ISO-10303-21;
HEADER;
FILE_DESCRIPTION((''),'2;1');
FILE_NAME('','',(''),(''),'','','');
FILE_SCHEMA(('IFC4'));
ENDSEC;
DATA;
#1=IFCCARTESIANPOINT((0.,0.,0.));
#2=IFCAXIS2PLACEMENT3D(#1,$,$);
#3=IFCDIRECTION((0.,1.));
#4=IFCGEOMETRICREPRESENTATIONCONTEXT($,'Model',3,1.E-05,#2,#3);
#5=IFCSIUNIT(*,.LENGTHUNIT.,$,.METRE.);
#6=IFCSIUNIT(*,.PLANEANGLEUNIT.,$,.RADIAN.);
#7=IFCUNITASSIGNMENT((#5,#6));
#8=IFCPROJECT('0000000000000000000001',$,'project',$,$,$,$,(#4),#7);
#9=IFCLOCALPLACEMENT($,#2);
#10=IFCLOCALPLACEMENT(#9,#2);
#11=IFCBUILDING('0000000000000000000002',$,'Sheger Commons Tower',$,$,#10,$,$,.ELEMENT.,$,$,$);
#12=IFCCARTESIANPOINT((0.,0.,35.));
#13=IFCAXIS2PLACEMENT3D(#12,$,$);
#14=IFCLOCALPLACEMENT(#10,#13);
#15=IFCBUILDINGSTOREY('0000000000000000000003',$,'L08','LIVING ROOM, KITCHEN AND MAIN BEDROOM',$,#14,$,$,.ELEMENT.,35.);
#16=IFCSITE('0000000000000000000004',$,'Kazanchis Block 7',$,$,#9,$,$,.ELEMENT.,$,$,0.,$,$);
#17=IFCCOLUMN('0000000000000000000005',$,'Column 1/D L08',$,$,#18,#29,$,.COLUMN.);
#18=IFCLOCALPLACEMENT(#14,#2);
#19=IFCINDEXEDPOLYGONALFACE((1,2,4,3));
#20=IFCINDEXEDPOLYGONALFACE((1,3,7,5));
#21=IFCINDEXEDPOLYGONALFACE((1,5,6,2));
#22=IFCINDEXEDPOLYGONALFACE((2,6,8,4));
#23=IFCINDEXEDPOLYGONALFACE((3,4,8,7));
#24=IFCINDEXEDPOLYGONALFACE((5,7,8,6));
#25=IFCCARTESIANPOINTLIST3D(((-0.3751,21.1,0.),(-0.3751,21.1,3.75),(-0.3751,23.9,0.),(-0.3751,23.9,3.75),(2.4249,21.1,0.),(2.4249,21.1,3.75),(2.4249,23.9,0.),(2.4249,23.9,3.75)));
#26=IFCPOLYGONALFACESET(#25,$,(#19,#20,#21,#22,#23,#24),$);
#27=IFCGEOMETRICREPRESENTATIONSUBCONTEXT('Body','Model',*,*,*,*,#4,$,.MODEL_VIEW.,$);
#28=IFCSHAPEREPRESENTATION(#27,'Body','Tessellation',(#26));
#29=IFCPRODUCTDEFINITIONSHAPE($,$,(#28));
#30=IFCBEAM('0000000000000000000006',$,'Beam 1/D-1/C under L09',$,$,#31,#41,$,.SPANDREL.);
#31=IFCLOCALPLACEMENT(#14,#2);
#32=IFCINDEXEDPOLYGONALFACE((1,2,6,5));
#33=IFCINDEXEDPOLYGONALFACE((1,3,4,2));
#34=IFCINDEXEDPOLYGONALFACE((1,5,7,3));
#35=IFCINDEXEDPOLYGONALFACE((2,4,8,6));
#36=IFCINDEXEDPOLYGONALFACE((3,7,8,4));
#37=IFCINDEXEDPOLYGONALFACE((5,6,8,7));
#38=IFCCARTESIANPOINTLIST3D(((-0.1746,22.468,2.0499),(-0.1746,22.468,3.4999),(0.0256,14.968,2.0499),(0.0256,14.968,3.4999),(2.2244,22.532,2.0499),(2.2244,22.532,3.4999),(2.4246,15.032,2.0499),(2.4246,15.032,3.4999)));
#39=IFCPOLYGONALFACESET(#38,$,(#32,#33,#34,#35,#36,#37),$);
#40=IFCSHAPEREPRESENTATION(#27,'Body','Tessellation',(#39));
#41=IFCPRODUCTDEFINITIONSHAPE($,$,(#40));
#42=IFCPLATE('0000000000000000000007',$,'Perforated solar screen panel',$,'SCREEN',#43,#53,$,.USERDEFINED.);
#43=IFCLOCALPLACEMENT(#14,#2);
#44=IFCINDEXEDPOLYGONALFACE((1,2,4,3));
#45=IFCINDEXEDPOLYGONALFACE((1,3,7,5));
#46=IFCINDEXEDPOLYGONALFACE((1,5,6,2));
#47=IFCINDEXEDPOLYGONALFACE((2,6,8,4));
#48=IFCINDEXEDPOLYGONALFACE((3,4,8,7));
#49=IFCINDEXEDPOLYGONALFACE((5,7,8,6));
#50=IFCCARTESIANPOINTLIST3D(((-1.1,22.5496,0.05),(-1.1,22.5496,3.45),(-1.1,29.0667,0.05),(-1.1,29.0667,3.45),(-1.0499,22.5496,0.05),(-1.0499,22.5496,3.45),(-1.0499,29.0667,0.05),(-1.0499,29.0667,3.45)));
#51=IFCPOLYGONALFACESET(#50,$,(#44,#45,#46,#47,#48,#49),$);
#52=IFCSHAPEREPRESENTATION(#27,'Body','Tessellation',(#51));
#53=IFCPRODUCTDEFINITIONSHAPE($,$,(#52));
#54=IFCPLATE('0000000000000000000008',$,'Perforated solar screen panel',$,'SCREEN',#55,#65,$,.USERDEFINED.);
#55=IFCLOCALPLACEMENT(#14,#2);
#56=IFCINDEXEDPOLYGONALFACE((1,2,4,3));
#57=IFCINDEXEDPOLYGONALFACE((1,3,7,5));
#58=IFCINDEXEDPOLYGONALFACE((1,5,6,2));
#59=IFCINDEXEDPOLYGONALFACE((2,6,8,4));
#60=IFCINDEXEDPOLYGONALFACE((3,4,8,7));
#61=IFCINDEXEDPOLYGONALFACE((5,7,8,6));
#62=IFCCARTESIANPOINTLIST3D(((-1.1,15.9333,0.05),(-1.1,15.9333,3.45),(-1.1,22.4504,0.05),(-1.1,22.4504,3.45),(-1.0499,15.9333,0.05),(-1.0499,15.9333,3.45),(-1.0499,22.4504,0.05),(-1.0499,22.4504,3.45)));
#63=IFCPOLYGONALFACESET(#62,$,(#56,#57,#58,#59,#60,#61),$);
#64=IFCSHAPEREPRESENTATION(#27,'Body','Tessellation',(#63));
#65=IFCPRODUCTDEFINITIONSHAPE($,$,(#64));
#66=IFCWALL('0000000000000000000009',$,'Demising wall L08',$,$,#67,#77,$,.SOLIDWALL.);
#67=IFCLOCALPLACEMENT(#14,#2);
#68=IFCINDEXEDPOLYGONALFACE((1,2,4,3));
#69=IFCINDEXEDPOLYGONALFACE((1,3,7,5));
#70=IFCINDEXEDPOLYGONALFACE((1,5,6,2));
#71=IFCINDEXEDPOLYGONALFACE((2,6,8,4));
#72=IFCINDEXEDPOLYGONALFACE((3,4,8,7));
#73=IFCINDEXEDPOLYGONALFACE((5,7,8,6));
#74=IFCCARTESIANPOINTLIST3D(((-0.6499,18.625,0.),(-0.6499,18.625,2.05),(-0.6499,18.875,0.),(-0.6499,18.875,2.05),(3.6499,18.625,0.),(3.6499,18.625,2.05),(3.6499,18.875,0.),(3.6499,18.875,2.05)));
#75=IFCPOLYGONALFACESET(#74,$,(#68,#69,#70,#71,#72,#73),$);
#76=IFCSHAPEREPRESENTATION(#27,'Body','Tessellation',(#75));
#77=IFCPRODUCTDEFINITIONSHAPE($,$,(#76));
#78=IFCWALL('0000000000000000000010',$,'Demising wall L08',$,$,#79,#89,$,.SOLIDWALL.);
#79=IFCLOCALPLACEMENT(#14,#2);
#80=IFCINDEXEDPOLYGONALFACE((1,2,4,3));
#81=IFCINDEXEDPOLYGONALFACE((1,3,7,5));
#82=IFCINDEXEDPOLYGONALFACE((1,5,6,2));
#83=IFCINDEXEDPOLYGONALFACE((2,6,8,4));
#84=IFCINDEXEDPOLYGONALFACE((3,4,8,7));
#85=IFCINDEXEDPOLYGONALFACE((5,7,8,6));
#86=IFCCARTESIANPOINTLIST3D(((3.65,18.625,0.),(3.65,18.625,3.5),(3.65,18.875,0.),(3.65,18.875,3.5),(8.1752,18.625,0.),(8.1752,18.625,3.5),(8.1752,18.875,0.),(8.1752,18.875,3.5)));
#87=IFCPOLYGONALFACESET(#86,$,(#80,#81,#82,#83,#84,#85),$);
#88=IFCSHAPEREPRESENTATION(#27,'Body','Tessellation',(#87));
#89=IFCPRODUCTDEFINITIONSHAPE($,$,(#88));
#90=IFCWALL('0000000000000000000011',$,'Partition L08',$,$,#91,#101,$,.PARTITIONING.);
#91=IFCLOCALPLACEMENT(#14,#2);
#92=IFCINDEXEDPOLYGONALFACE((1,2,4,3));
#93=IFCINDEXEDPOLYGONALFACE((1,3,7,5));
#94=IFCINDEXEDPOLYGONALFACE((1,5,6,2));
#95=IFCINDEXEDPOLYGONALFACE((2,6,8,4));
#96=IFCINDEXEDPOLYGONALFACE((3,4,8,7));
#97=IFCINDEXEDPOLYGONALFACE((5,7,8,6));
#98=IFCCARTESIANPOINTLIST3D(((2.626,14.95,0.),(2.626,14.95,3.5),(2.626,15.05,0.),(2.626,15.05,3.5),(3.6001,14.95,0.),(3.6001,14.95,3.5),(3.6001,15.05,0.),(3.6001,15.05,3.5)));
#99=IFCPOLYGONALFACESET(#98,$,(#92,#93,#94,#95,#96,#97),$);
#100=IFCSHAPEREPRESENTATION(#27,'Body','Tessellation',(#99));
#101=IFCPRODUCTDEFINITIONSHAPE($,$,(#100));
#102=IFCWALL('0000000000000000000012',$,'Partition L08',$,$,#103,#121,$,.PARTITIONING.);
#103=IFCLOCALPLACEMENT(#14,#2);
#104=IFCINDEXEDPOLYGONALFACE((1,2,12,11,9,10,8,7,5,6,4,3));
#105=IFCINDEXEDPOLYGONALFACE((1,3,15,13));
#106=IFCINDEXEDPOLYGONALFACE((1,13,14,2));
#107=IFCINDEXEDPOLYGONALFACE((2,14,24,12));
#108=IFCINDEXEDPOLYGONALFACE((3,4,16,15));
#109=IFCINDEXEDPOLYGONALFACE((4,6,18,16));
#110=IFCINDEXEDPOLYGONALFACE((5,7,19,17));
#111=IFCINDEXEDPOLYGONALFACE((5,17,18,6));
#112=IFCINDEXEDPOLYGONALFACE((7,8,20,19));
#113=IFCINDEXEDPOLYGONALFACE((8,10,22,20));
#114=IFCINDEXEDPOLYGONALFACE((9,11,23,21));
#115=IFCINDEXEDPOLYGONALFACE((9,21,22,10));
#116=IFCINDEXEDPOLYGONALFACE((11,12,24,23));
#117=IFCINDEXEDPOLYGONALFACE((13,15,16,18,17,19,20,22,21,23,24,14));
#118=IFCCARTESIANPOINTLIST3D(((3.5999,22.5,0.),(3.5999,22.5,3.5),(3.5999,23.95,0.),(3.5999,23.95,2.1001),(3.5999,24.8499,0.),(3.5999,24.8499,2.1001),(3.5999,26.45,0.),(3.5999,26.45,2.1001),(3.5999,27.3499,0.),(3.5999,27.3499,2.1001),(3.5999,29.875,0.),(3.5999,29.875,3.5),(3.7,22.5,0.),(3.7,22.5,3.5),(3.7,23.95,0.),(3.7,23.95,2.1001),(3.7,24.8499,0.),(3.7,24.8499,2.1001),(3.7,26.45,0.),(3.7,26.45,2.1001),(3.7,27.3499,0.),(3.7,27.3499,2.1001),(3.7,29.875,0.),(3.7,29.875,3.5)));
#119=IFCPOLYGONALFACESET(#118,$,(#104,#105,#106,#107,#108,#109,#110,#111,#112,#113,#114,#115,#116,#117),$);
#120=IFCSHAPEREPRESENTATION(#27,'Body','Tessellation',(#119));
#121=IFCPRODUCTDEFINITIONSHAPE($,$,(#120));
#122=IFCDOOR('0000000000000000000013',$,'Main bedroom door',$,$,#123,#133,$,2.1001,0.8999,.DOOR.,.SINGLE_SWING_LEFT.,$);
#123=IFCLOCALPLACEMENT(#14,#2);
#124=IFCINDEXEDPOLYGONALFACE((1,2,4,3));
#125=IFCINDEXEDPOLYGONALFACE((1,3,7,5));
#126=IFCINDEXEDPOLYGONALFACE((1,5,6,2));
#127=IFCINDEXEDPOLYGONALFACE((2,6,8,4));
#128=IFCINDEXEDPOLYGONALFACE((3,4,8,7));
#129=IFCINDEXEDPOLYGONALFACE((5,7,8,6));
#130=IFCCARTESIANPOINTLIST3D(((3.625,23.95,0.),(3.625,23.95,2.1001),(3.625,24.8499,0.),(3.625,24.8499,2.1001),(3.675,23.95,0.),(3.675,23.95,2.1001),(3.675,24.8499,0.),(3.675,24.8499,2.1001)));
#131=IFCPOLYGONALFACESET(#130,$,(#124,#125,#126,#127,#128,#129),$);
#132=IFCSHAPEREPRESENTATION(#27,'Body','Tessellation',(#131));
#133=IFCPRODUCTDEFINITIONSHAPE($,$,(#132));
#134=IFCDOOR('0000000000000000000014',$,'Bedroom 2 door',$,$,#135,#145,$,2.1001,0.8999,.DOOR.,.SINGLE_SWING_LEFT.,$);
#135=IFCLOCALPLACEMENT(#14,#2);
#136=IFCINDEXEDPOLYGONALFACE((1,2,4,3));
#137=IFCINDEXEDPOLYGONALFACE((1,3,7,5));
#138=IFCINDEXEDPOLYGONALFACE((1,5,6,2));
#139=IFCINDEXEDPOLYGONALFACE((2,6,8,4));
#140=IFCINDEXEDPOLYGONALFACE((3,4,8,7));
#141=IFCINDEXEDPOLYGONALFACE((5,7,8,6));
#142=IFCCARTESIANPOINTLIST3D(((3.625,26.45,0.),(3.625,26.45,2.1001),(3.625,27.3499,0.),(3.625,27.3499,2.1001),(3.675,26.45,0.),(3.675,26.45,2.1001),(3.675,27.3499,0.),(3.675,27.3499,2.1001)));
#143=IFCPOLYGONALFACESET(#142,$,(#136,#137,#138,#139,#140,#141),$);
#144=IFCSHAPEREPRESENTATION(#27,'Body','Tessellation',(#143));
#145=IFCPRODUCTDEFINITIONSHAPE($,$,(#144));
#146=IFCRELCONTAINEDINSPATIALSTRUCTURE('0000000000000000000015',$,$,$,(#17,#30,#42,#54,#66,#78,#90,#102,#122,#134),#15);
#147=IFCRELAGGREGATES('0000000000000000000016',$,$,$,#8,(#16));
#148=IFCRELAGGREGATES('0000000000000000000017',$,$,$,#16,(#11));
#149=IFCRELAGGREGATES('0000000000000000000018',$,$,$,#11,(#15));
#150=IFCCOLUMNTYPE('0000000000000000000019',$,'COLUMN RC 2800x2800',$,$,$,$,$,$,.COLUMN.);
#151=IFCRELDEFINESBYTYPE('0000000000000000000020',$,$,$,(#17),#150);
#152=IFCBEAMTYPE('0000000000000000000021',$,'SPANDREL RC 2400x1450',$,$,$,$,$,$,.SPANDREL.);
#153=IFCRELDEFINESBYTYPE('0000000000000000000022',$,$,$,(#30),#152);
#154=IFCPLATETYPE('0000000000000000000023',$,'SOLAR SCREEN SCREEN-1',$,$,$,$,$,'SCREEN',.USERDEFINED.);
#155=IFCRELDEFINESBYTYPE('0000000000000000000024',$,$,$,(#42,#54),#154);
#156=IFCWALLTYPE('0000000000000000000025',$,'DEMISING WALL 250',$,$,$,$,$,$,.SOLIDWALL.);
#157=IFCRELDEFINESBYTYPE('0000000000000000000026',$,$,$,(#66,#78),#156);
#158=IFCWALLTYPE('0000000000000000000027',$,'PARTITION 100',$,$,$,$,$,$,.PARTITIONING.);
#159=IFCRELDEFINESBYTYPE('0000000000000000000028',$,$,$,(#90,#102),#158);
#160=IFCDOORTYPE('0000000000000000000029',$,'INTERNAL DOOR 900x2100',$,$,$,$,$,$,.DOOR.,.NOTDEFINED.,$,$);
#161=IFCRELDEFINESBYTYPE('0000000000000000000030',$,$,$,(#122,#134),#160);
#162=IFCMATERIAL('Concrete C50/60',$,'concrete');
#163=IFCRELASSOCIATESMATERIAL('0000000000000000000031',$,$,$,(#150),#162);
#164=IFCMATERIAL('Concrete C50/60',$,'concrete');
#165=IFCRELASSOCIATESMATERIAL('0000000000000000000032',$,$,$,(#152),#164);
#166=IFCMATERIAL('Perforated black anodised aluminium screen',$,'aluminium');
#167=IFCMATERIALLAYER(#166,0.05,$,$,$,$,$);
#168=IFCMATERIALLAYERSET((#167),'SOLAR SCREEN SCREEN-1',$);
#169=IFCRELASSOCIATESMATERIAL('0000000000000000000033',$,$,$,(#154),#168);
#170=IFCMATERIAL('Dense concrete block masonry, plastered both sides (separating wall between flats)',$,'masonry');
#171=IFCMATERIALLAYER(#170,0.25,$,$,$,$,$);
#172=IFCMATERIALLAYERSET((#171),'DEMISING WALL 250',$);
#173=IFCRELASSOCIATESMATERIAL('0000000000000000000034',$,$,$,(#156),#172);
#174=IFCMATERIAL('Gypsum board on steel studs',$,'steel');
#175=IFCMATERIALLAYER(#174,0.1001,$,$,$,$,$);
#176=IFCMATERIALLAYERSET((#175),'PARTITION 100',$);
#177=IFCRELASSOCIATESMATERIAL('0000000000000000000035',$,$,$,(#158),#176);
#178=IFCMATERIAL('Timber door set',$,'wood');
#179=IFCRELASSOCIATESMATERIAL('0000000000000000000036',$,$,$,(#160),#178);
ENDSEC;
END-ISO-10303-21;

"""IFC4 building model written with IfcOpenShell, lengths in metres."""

from ifc_helpers import new_model, si_unit, direction, frame, frame_2d, origin, origin_2d, place, context, subcontext, project, spatial, rectangle, extrude, material, layer, layer_set, material_profile, profile_set, type_object, element, fill, save


model = new_model("IFC4")

# Units and contexts
model_context = context("Model", 3, precision=1e-05, world=origin(), true_north=direction((0.0, 1.0)))
body_context = subcontext(model_context, "Body", "Model", "MODEL_VIEW")
ifc_project = project(units=[si_unit("LENGTHUNIT", "METRE"), si_unit("PLANEANGLEUNIT", "RADIAN")], contexts=[model_context])

# Site, building, storey
site_placement = place(None, origin())
site = spatial("IfcSite", under=ifc_project, at=site_placement, Name="Kazanchis Block 7", CompositionType="ELEMENT", RefElevation=0.0)
building_placement = place(site_placement, origin())
building = spatial("IfcBuilding", under=site, at=building_placement, Name="Sheger Commons Tower", CompositionType="ELEMENT")
storey_placement = place(building_placement, frame((0.0, 0.0, 35.0)))
storey = spatial("IfcBuildingStorey", under=building, at=storey_placement, Name="L08", Description="LIVING ROOM, KITCHEN AND MAIN BEDROOM", CompositionType="ELEMENT", Elevation=35.0)

# Column
ifc_material_1 = material(Name="Concrete C50/60", Category="concrete")
ifc_material_profile_1 = material_profile(ifc_material_1, rectangle(XDim=2.8, YDim=2.8, at=origin_2d()), Name="RC 2800x2800")
ifc_profile_set_1 = profile_set([ifc_material_profile_1], Name="Concrete C50/60")
column_type = type_object("IfcColumnType", Name="COLUMN RC 2800x2800", PredefinedType="COLUMN", material=ifc_profile_set_1)
column_placement = place(storey_placement, frame((1.0249, 22.5, 0.0), z_axis=(0.0, 0.0, 1.0), x_axis=(1.0, 0.0, 0.0)))
element("IfcColumn", 1, at=column_placement, inside=storey, type_object=column_type, Name="Column 1/D L08", PredefinedType="COLUMN", context=body_context, shape_type="SweptSolid", body=[
    extrude(rectangle(XDim=2.8, YDim=2.8, at=origin_2d()), origin(), (0.0, 0.0, 1.0), 3.75),
])

# Beam
ifc_material_2 = material(Name="Concrete C50/60", Category="concrete")
ifc_material_profile_2 = material_profile(ifc_material_2, rectangle(XDim=2.3999, YDim=1.45, at=origin_2d()), Name="RC 2400x1450")
ifc_profile_set_2 = profile_set([ifc_material_profile_2], Name="Concrete C50/60")
beam_type = type_object("IfcBeamType", Name="SPANDREL RC 2400x1450", PredefinedType="SPANDREL", material=ifc_profile_set_2)
beam_placement = place(storey_placement, frame((1.0249, 22.5, 2.7749), z_axis=(0.026683, -0.999644, 0.0), x_axis=(0.999644, 0.026683, 0.0)))
element("IfcBeam", 2, at=beam_placement, inside=storey, type_object=beam_type, Name="Beam 1/D-1/C under L09", PredefinedType="SPANDREL", context=body_context, shape_type="SweptSolid", body=[
    extrude(rectangle(XDim=2.3999, YDim=1.45, at=origin_2d()), origin(), (0.0, 0.0, 1.0), 7.5027),
])

# Plates
ifc_material_3 = material(Name="Perforated black anodised aluminium screen", Category="aluminium")
ifc_layer_1 = layer(ifc_material_3, 0.05)
ifc_layer_set_1 = layer_set([ifc_layer_1], Name="SOLAR SCREEN SCREEN-1")
plate_type = type_object("IfcPlateType", Name="SOLAR SCREEN SCREEN-1", ElementType="SCREEN", PredefinedType="USERDEFINED", material=ifc_layer_set_1)
for number, where, z_axis, x_axis, name in (
    (3, (-1.075, 25.8081, 0.05), (0.0, 0.0, 1.0), (0.0, -1.0, 0.0), "Perforated solar screen panel"),
    (4, (-1.075, 19.1919, 0.05), (0.0, 0.0, 1.0), (0.0, -1.0, 0.0), "Perforated solar screen panel"),
):
    element("IfcPlate", number, at=place(storey_placement, frame(where, z_axis=z_axis, x_axis=x_axis)), inside=storey, type_object=plate_type, Name=name, ObjectType="SCREEN", PredefinedType="USERDEFINED", context=body_context, shape_type="SweptSolid", body=[
        extrude(rectangle(XDim=6.5171, YDim=0.05, at=origin_2d()), origin(), (0.0, 0.0, 1.0), 3.3999),
    ])

# Walls
ifc_material_4 = material(Name="Dense concrete block masonry, plastered both sides (separating wall between flats)", Category="masonry")
ifc_layer_2 = layer(ifc_material_4, 0.25)
ifc_layer_set_2 = layer_set([ifc_layer_2], Name="DEMISING WALL 250")
wall_type_1 = type_object("IfcWallType", Name="DEMISING WALL 250", PredefinedType="SOLIDWALL", material=ifc_layer_set_2)
wall_1_placement = place(storey_placement, frame((-0.6499, 18.75, 0.0), z_axis=(0.0, 0.0, 1.0), x_axis=(1.0, 0.0, 0.0)))
element("IfcWall", 5, at=wall_1_placement, inside=storey, type_object=wall_type_1, Name="Demising wall L08", PredefinedType="SOLIDWALL", context=body_context, shape_type="SweptSolid", body=[
    extrude(rectangle(XDim=4.2998, YDim=0.25, at=frame_2d((2.1499, 0.0))), origin(), (0.0, 0.0, 1.0), 2.05),
])
wall_2_placement = place(storey_placement, frame((3.6499, 18.75, 0.0), z_axis=(0.0, 0.0, 1.0), x_axis=(1.0, 0.0, 0.0)))
element("IfcWall", 6, at=wall_2_placement, inside=storey, type_object=wall_type_1, Name="Demising wall L08", PredefinedType="SOLIDWALL", context=body_context, shape_type="SweptSolid", body=[
    extrude(rectangle(XDim=4.5251, YDim=0.25, at=frame_2d((2.2627, 0.0))), origin(), (0.0, 0.0, 1.0), 3.5),
])
ifc_material_5 = material(Name="Gypsum board on steel studs", Category="steel")
ifc_layer_3 = layer(ifc_material_5, 0.1001)
ifc_layer_set_3 = layer_set([ifc_layer_3], Name="PARTITION 100")
wall_type_2 = type_object("IfcWallType", Name="PARTITION 100", PredefinedType="PARTITIONING", material=ifc_layer_set_3)
wall_3_placement = place(storey_placement, frame((2.626, 15.0, 0.0), z_axis=(0.0, 0.0, 1.0), x_axis=(1.0, 0.0, 0.0)))
element("IfcWall", 7, at=wall_3_placement, inside=storey, type_object=wall_type_2, Name="Partition L08", PredefinedType="PARTITIONING", context=body_context, shape_type="SweptSolid", body=[
    extrude(rectangle(XDim=0.9741, YDim=0.1001, at=frame_2d((0.4871, 0.0))), origin(), (0.0, 0.0, 1.0), 3.5),
])

# Wall, openings, doors
wall_4_placement = place(storey_placement, frame((3.6499, 22.5, 0.0), z_axis=(0.0, 0.0, 1.0), x_axis=(0.0, 1.0, 0.0)))
wall_4 = element("IfcWall", 8, at=wall_4_placement, inside=storey, type_object=wall_type_2, Name="Partition L08", PredefinedType="PARTITIONING", context=body_context, shape_type="SweptSolid", body=[
    extrude(rectangle(XDim=7.375, YDim=0.1001, at=frame_2d((3.6875, 0.0))), origin(), (0.0, 0.0, 1.0), 3.5),
])
opening_1_placement = place(wall_4_placement, frame((1.45, 0.0, 0.0)))
opening_1 = element("IfcOpeningElement", 9, at=opening_1_placement, cuts=wall_4, PredefinedType="OPENING", context=body_context, shape_type="SweptSolid", body=[
    extrude(rectangle(XDim=0.8999, YDim=2.1001, at=frame_2d((0.45, 1.05))), frame((0.0, 0.0601, 0.0), z_axis=(0.0, -1.0, 0.0), x_axis=(1.0, 0.0, 0.0)), (0.0, 0.0, 1.0), 0.1201),
])
opening_2_placement = place(wall_4_placement, frame((3.95, 0.0, 0.0)))
opening_2 = element("IfcOpeningElement", 10, at=opening_2_placement, cuts=wall_4, PredefinedType="OPENING", context=body_context, shape_type="SweptSolid", body=[
    extrude(rectangle(XDim=0.8999, YDim=2.1001, at=frame_2d((0.45, 1.05))), frame((0.0, 0.0601, 0.0), z_axis=(0.0, -1.0, 0.0), x_axis=(1.0, 0.0, 0.0)), (0.0, 0.0, 1.0), 0.1201),
])
ifc_material_6 = material(Name="Timber door set", Category="wood")
door_type = type_object("IfcDoorType", Name="INTERNAL DOOR 900x2100", OperationType="NOTDEFINED", PredefinedType="DOOR", material=ifc_material_6)
door_1_placement = place(opening_1_placement, origin())
door_1 = element("IfcDoor", 11, at=door_1_placement, inside=storey, type_object=door_type, Name="Main bedroom door", OperationType="SINGLE_SWING_LEFT", OverallHeight=2.1001, OverallWidth=0.8999, PredefinedType="DOOR", context=body_context, shape_type="SweptSolid", body=[
    extrude(rectangle(XDim=0.8999, YDim=2.1001, at=frame_2d((0.45, 1.05))), frame((0.0, 0.0249, 0.0), z_axis=(0.0, -1.0, 0.0), x_axis=(1.0, 0.0, 0.0)), (0.0, 0.0, 1.0), 0.05),
])
fill(opening_1, door_1)
door_2_placement = place(opening_2_placement, origin())
door_2 = element("IfcDoor", 12, at=door_2_placement, inside=storey, type_object=door_type, Name="Bedroom 2 door", OperationType="SINGLE_SWING_LEFT", OverallHeight=2.1001, OverallWidth=0.8999, PredefinedType="DOOR", context=body_context, shape_type="SweptSolid", body=[
    extrude(rectangle(XDim=0.8999, YDim=2.1001, at=frame_2d((0.45, 1.05))), frame((0.0, 0.0249, 0.0), z_axis=(0.0, -1.0, 0.0), x_axis=(1.0, 0.0, 0.0)), (0.0, 0.0, 1.0), 0.05),
])
fill(opening_2, door_2)

save(model, "model.ifc")
